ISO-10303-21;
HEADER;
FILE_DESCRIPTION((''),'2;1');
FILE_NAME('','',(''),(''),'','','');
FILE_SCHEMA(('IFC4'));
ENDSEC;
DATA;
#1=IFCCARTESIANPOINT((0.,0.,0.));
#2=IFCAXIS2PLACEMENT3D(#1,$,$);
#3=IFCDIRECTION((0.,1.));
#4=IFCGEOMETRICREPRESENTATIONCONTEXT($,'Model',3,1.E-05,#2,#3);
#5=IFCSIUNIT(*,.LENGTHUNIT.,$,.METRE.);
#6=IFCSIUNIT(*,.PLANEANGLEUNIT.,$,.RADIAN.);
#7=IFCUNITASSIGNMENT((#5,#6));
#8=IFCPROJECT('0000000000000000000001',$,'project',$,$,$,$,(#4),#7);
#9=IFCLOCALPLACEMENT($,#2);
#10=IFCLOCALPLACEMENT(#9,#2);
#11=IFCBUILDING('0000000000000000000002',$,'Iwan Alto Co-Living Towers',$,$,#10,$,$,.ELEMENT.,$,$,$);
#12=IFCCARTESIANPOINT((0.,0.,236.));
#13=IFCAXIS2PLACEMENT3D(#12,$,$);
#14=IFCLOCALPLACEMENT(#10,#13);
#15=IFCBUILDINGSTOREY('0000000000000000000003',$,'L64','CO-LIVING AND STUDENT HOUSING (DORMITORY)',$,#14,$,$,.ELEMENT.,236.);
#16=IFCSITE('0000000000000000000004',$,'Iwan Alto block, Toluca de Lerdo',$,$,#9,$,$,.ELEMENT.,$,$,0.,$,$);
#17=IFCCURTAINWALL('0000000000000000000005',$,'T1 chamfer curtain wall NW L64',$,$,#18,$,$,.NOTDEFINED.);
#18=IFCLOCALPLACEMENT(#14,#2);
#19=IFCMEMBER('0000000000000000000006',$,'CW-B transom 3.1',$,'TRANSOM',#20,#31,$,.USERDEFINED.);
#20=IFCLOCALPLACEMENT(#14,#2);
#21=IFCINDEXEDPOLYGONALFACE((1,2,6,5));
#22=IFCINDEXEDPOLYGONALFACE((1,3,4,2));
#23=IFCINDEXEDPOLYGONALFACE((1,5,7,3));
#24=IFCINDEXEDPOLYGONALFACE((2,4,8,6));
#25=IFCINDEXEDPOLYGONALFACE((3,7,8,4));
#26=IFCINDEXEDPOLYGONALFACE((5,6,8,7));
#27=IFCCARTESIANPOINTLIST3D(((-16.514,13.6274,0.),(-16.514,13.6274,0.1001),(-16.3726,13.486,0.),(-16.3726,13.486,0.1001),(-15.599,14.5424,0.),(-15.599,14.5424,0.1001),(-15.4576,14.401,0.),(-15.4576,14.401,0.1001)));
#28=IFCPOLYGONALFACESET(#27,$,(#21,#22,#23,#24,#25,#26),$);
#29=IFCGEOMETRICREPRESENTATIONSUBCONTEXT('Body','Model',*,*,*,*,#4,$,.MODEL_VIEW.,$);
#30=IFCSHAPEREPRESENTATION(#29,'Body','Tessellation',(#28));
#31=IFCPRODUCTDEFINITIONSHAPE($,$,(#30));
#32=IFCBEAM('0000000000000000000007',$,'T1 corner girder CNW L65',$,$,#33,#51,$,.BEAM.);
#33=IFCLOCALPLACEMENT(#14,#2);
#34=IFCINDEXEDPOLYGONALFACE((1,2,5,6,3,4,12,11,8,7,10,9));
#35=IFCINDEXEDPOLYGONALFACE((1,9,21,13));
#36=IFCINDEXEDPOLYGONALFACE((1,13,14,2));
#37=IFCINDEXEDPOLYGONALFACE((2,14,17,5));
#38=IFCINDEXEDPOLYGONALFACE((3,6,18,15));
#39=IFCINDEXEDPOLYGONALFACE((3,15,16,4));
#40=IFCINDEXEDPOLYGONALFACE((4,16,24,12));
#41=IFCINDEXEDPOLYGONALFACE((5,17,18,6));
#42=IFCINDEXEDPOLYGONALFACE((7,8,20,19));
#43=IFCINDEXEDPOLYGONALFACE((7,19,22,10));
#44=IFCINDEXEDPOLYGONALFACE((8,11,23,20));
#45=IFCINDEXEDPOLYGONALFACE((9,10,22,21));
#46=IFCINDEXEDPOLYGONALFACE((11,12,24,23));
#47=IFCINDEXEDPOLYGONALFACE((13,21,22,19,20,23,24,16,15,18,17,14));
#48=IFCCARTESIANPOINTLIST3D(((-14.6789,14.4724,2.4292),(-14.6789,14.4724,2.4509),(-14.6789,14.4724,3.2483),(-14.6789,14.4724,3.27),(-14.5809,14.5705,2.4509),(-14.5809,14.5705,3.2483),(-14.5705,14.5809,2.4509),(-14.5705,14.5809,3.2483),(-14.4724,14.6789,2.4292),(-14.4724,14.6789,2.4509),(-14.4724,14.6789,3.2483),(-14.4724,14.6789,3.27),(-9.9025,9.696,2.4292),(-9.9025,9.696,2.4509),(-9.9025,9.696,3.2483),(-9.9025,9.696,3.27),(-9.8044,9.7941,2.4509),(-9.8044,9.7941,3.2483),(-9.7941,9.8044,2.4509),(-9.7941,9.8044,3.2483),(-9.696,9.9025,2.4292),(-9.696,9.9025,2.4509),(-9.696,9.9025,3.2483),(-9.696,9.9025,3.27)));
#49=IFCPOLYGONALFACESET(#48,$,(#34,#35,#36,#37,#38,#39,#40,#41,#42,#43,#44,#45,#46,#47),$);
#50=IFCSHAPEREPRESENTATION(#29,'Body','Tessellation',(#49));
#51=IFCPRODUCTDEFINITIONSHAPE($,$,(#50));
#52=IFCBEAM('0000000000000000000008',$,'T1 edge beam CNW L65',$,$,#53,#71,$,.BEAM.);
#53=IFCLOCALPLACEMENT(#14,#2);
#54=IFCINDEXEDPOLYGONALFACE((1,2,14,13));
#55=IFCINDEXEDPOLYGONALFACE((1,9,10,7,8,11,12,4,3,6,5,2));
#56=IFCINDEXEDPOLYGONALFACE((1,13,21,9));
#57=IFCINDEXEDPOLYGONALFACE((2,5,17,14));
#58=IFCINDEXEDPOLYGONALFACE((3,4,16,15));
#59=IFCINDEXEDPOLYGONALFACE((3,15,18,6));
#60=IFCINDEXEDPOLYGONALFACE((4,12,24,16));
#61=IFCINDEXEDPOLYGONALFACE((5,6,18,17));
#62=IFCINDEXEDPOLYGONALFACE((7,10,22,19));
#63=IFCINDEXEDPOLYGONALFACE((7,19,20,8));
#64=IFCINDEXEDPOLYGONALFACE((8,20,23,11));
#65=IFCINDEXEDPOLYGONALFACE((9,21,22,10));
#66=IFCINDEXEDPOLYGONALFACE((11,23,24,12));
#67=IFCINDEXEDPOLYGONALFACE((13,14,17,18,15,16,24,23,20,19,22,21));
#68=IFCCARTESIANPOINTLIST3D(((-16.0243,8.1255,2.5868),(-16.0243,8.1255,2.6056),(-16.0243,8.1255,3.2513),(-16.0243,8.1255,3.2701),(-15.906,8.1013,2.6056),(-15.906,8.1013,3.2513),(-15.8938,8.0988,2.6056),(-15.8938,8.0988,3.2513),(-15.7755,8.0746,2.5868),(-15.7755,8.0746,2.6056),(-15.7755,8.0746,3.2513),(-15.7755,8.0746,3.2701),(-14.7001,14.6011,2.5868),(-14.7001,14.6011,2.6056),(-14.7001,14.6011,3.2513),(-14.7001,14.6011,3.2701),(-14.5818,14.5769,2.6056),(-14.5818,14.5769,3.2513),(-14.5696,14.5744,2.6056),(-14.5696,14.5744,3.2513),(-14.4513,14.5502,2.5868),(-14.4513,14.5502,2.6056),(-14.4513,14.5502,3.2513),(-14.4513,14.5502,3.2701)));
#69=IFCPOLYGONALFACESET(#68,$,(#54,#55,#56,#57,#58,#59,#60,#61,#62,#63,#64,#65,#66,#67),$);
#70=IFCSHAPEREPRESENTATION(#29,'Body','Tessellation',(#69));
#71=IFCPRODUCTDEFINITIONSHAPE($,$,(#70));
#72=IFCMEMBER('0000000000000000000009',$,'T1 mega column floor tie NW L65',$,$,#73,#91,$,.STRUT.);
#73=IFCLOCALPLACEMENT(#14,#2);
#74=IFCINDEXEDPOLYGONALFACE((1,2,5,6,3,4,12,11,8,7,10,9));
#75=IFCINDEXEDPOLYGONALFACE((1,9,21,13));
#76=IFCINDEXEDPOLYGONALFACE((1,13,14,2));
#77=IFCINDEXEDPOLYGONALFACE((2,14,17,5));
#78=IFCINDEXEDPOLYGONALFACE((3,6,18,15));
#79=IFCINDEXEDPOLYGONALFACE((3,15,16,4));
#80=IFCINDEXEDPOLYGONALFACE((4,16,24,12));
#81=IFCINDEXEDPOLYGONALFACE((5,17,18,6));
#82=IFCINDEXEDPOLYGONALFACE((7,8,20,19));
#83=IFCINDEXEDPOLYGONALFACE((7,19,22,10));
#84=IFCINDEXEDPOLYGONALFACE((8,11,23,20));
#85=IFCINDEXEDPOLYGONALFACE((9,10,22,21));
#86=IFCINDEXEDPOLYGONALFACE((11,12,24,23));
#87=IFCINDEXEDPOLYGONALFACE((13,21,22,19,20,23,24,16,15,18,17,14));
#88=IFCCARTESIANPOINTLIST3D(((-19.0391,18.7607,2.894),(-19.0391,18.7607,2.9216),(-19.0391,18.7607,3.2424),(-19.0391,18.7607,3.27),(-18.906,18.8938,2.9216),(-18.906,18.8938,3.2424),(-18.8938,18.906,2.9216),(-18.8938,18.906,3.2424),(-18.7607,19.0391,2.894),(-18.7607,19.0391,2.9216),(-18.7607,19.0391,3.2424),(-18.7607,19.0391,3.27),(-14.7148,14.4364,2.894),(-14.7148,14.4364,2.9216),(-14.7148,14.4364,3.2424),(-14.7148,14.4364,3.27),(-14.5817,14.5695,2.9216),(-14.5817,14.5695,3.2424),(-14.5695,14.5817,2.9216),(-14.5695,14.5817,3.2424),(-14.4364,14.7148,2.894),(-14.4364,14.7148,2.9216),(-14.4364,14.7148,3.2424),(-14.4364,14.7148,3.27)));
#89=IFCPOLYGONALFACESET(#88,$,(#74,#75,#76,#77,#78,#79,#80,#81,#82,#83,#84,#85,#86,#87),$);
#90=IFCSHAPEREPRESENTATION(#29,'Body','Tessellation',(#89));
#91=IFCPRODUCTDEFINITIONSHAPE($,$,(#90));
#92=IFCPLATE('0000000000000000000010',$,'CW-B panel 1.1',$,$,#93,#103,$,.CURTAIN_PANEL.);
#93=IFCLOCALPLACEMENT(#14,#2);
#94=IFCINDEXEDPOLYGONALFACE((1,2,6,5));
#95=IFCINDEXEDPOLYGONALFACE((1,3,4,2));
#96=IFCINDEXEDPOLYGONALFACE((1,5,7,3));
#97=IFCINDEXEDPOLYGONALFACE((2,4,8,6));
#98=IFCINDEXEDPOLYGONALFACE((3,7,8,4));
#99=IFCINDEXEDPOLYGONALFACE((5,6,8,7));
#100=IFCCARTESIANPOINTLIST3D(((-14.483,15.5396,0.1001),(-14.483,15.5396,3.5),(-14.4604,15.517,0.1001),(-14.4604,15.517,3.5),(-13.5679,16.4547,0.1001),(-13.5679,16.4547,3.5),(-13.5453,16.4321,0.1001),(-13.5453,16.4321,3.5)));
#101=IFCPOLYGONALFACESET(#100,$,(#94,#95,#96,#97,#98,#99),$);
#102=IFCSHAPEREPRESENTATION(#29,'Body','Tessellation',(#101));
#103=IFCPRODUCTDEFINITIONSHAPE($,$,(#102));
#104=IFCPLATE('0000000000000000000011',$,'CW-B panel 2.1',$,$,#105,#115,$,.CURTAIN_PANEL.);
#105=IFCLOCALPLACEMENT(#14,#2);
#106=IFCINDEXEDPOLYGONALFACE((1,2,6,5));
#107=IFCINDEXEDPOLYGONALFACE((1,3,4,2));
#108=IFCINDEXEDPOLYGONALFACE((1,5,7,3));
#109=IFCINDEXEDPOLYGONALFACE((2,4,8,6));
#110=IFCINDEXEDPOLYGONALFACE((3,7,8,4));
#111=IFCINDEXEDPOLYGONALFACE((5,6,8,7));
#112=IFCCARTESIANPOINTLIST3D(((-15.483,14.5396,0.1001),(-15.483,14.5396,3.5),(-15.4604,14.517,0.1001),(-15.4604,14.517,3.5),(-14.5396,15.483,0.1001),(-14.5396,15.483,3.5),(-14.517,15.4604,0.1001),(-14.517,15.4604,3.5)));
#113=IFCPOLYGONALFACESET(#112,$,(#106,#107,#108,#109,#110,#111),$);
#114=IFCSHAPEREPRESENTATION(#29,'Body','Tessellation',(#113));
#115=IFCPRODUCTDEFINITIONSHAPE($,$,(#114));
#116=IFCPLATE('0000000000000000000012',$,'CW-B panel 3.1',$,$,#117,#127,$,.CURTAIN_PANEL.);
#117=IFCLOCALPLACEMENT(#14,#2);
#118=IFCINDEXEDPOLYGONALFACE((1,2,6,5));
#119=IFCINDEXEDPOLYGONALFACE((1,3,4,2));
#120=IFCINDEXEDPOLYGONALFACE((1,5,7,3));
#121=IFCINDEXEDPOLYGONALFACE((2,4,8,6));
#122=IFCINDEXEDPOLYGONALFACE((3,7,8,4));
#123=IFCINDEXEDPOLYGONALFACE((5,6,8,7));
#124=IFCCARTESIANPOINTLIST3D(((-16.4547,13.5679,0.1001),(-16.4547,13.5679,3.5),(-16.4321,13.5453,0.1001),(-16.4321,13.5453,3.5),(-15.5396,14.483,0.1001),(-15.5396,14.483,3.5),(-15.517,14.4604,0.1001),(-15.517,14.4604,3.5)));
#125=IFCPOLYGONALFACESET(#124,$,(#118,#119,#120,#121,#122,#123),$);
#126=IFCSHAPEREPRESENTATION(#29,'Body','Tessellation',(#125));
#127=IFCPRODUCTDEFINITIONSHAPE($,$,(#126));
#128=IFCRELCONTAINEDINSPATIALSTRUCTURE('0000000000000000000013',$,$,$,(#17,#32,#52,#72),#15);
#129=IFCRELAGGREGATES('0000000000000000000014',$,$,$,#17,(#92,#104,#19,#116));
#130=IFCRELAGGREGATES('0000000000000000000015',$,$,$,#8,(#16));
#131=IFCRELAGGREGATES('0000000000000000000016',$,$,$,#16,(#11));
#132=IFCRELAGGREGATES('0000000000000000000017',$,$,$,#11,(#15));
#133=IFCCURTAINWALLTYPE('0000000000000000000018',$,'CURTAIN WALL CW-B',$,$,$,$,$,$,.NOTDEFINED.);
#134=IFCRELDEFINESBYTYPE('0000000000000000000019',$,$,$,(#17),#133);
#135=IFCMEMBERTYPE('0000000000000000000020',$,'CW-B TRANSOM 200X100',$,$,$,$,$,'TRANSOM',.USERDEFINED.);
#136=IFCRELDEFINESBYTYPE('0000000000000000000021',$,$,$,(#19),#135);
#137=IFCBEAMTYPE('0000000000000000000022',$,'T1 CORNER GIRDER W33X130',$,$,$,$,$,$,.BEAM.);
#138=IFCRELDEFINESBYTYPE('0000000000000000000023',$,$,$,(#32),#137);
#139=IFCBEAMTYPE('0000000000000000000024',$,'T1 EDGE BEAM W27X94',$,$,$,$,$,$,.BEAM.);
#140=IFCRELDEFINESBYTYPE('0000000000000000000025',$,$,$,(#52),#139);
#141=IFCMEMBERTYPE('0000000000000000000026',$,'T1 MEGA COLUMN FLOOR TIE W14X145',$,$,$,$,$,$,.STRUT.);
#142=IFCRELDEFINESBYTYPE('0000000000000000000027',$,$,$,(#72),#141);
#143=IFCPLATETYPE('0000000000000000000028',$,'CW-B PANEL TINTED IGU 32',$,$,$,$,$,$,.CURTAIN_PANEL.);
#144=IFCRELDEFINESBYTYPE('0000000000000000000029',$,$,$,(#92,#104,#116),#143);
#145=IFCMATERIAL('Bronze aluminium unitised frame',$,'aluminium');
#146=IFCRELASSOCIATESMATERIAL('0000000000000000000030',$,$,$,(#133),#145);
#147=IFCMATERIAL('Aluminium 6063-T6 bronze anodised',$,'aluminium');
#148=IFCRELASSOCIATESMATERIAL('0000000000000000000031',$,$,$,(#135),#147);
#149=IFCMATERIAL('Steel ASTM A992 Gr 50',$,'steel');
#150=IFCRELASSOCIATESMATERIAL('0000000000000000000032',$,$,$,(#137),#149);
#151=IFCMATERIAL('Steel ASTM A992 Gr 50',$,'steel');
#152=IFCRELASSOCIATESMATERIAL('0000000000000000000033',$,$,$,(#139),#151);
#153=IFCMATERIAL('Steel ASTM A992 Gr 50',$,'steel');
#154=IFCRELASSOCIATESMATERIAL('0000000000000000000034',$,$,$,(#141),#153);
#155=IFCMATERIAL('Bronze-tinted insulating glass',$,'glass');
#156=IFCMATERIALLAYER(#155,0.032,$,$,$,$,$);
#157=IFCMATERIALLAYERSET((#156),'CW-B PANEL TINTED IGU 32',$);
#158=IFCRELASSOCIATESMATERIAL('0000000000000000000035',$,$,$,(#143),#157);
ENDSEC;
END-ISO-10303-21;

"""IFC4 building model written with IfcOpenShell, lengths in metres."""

from ifc_helpers import new_model, si_unit, direction, frame, origin, origin_2d, place, context, subcontext, project, spatial, rectangle, i_section, extrude, material, layer, layer_set, material_profile, profile_set, type_object, element, aggregate, save


model = new_model("IFC4")

# Units and contexts
model_context = context("Model", 3, precision=1e-05, world=origin(), true_north=direction((0.0, 1.0)))
body_context = subcontext(model_context, "Body", "Model", "MODEL_VIEW")
ifc_project = project(units=[si_unit("LENGTHUNIT", "METRE"), si_unit("PLANEANGLEUNIT", "RADIAN")], contexts=[model_context])

# Site, building, storey
site_placement = place(None, origin())
site = spatial("IfcSite", under=ifc_project, at=site_placement, Name="Iwan Alto block, Toluca de Lerdo", CompositionType="ELEMENT", RefElevation=0.0)
building_placement = place(site_placement, origin())
building = spatial("IfcBuilding", under=site, at=building_placement, Name="Iwan Alto Co-Living Towers", CompositionType="ELEMENT")
storey_placement = place(building_placement, frame((0.0, 0.0, 236.0)))
storey = spatial("IfcBuildingStorey", under=building, at=storey_placement, Name="L64", Description="CO-LIVING AND STUDENT HOUSING (DORMITORY)", CompositionType="ELEMENT", Elevation=236.0)

# Curtain wall, member
ifc_material_1 = material(Name="Bronze aluminium unitised frame", Category="aluminium")
curtain_wall_type_1 = type_object("IfcCurtainWallType", Name="CURTAIN WALL CW-B", PredefinedType="NOTDEFINED", material=ifc_material_1)
curtain_wall_1_placement = place(storey_placement, origin())
curtain_wall_1 = element("IfcCurtainWall", 1, at=curtain_wall_1_placement, inside=storey, type_object=curtain_wall_type_1, Name="T1 chamfer curtain wall NW L64", PredefinedType="NOTDEFINED")
ifc_material_2 = material(Name="Aluminium 6063-T6 bronze anodised", Category="aluminium")
ifc_material_profile_1 = material_profile(ifc_material_2, rectangle(XDim=0.2, YDim=0.1001, at=origin_2d()), Name="AL 200X100")
ifc_profile_set_1 = profile_set([ifc_material_profile_1], Name="Aluminium 6063-T6 bronze anodised")
member_type_1 = type_object("IfcMemberType", Name="CW-B TRANSOM 200X100", ElementType="TRANSOM", PredefinedType="USERDEFINED", material=ifc_profile_set_1)
member_1_placement = place(storey_placement, frame((-15.5283, 14.4717, 0.05), z_axis=(-0.707107, -0.707107, 0.0), x_axis=(0.707107, -0.707107, 0.0)))
member_1 = element("IfcMember", 2, at=member_1_placement, type_object=member_type_1, Name="CW-B transom 3.1", ObjectType="TRANSOM", PredefinedType="USERDEFINED", context=body_context, shape_type="SweptSolid", body=[
    extrude(rectangle(XDim=0.2, YDim=0.1001, at=origin_2d()), origin(), (0.0, 0.0, 1.0), 1.2939),
])

# Beams
ifc_material_3 = material(Name="Steel ASTM A992 Gr 50", Category="steel")
ifc_material_profile_2 = material_profile(ifc_material_3, i_section(OverallWidth=0.292, OverallDepth=0.8408, WebThickness=0.0146, FlangeThickness=0.0217, at=origin_2d()), Name="W33X130")
ifc_profile_set_2 = profile_set([ifc_material_profile_2], Name="Steel ASTM A992 Gr 50")
beam_type_1 = type_object("IfcBeamType", Name="T1 CORNER GIRDER W33X130", PredefinedType="BEAM", material=ifc_profile_set_2)
beam_1_placement = place(storey_placement, frame((-14.5757, 14.5757, 2.8496), z_axis=(0.707107, -0.707107, 0.0), x_axis=(0.707107, 0.707107, 0.0)))
element("IfcBeam", 3, at=beam_1_placement, inside=storey, type_object=beam_type_1, Name="T1 corner girder CNW L65", PredefinedType="BEAM", context=body_context, shape_type="SweptSolid", body=[
    extrude(i_section(OverallWidth=0.292, OverallDepth=0.8408, WebThickness=0.0146, FlangeThickness=0.0217, at=origin_2d()), origin(), (0.0, 0.0, 1.0), 6.7549),
])
ifc_material_4 = material(Name="Steel ASTM A992 Gr 50", Category="steel")
ifc_material_profile_3 = material_profile(ifc_material_4, i_section(OverallWidth=0.2539, OverallDepth=0.6833, WebThickness=0.0125, FlangeThickness=0.0188, at=origin_2d()), Name="W27X94")
ifc_profile_set_3 = profile_set([ifc_material_profile_3], Name="Steel ASTM A992 Gr 50")
beam_type_2 = type_object("IfcBeamType", Name="T1 EDGE BEAM W27X94", PredefinedType="BEAM", material=ifc_profile_set_3)
beam_2_placement = place(storey_placement, frame((-14.5757, 14.5757, 2.9285), z_axis=(-0.200348, -0.979725, 0.0), x_axis=(0.979725, -0.200348, 0.0)))
element("IfcBeam", 4, at=beam_2_placement, inside=storey, type_object=beam_type_2, Name="T1 edge beam CNW L65", PredefinedType="BEAM", context=body_context, shape_type="SweptSolid", body=[
    extrude(i_section(OverallWidth=0.2539, OverallDepth=0.6833, WebThickness=0.0125, FlangeThickness=0.0188, at=origin_2d()), origin(), (0.0, 0.0, 1.0), 6.6096),
])

# Member
ifc_material_5 = material(Name="Steel ASTM A992 Gr 50", Category="steel")
ifc_material_profile_4 = material_profile(ifc_material_5, i_section(OverallWidth=0.3938, OverallDepth=0.376, WebThickness=0.0173, FlangeThickness=0.0276, at=origin_2d()), Name="W14X145")
ifc_profile_set_4 = profile_set([ifc_material_profile_4], Name="Steel ASTM A992 Gr 50")
member_type_2 = type_object("IfcMemberType", Name="T1 MEGA COLUMN FLOOR TIE W14X145", PredefinedType="STRUT", material=ifc_profile_set_4)
member_2_placement = place(storey_placement, frame((-18.8999, 18.8999, 3.082), z_axis=(0.707107, -0.707107, 0.0), x_axis=(0.707107, 0.707107, 0.0)))
element("IfcMember", 5, at=member_2_placement, inside=storey, type_object=member_type_2, Name="T1 mega column floor tie NW L65", PredefinedType="STRUT", context=body_context, shape_type="SweptSolid", body=[
    extrude(i_section(OverallWidth=0.3938, OverallDepth=0.376, WebThickness=0.0173, FlangeThickness=0.0276, at=origin_2d()), origin(), (0.0, 0.0, 1.0), 6.1155),
])

# Plates
ifc_material_6 = material(Name="Bronze-tinted insulating glass", Category="glass")
ifc_layer = layer(ifc_material_6, 0.032)
ifc_layer_set = layer_set([ifc_layer], Name="CW-B PANEL TINTED IGU 32")
plate_type = type_object("IfcPlateType", Name="CW-B PANEL TINTED IGU 32", PredefinedType="CURTAIN_PANEL", material=ifc_layer_set)
plate_1_placement = place(storey_placement, frame((-14.0142, 15.9858, 0.1001), z_axis=(0.0, 0.0, 1.0), x_axis=(-0.707107, -0.707107, 0.0)))
plate_1 = element("IfcPlate", 6, at=plate_1_placement, type_object=plate_type, Name="CW-B panel 1.1", PredefinedType="CURTAIN_PANEL", context=body_context, shape_type="SweptSolid", body=[
    extrude(rectangle(XDim=1.2942, YDim=0.032, at=origin_2d()), origin(), (0.0, 0.0, 1.0), 3.3999),
])
plate_2_placement = place(storey_placement, frame((-15.0, 15.0, 0.1001), z_axis=(0.0, 0.0, 1.0), x_axis=(-0.707107, -0.707107, 0.0)))
plate_2 = element("IfcPlate", 7, at=plate_2_placement, type_object=plate_type, Name="CW-B panel 2.1", PredefinedType="CURTAIN_PANEL", context=body_context, shape_type="SweptSolid", body=[
    extrude(rectangle(XDim=1.3342, YDim=0.032, at=origin_2d()), origin(), (0.0, 0.0, 1.0), 3.3999),
])
plate_3_placement = place(storey_placement, frame((-15.9858, 14.0142, 0.1001), z_axis=(0.0, 0.0, 1.0), x_axis=(-0.707107, -0.707107, 0.0)))
plate_3 = element("IfcPlate", 8, at=plate_3_placement, type_object=plate_type, Name="CW-B panel 3.1", PredefinedType="CURTAIN_PANEL", context=body_context, shape_type="SweptSolid", body=[
    extrude(rectangle(XDim=1.2942, YDim=0.032, at=origin_2d()), origin(), (0.0, 0.0, 1.0), 3.3999),
])
aggregate(curtain_wall_1, [plate_1, plate_2, member_1, plate_3])

save(model, "model.ifc")
